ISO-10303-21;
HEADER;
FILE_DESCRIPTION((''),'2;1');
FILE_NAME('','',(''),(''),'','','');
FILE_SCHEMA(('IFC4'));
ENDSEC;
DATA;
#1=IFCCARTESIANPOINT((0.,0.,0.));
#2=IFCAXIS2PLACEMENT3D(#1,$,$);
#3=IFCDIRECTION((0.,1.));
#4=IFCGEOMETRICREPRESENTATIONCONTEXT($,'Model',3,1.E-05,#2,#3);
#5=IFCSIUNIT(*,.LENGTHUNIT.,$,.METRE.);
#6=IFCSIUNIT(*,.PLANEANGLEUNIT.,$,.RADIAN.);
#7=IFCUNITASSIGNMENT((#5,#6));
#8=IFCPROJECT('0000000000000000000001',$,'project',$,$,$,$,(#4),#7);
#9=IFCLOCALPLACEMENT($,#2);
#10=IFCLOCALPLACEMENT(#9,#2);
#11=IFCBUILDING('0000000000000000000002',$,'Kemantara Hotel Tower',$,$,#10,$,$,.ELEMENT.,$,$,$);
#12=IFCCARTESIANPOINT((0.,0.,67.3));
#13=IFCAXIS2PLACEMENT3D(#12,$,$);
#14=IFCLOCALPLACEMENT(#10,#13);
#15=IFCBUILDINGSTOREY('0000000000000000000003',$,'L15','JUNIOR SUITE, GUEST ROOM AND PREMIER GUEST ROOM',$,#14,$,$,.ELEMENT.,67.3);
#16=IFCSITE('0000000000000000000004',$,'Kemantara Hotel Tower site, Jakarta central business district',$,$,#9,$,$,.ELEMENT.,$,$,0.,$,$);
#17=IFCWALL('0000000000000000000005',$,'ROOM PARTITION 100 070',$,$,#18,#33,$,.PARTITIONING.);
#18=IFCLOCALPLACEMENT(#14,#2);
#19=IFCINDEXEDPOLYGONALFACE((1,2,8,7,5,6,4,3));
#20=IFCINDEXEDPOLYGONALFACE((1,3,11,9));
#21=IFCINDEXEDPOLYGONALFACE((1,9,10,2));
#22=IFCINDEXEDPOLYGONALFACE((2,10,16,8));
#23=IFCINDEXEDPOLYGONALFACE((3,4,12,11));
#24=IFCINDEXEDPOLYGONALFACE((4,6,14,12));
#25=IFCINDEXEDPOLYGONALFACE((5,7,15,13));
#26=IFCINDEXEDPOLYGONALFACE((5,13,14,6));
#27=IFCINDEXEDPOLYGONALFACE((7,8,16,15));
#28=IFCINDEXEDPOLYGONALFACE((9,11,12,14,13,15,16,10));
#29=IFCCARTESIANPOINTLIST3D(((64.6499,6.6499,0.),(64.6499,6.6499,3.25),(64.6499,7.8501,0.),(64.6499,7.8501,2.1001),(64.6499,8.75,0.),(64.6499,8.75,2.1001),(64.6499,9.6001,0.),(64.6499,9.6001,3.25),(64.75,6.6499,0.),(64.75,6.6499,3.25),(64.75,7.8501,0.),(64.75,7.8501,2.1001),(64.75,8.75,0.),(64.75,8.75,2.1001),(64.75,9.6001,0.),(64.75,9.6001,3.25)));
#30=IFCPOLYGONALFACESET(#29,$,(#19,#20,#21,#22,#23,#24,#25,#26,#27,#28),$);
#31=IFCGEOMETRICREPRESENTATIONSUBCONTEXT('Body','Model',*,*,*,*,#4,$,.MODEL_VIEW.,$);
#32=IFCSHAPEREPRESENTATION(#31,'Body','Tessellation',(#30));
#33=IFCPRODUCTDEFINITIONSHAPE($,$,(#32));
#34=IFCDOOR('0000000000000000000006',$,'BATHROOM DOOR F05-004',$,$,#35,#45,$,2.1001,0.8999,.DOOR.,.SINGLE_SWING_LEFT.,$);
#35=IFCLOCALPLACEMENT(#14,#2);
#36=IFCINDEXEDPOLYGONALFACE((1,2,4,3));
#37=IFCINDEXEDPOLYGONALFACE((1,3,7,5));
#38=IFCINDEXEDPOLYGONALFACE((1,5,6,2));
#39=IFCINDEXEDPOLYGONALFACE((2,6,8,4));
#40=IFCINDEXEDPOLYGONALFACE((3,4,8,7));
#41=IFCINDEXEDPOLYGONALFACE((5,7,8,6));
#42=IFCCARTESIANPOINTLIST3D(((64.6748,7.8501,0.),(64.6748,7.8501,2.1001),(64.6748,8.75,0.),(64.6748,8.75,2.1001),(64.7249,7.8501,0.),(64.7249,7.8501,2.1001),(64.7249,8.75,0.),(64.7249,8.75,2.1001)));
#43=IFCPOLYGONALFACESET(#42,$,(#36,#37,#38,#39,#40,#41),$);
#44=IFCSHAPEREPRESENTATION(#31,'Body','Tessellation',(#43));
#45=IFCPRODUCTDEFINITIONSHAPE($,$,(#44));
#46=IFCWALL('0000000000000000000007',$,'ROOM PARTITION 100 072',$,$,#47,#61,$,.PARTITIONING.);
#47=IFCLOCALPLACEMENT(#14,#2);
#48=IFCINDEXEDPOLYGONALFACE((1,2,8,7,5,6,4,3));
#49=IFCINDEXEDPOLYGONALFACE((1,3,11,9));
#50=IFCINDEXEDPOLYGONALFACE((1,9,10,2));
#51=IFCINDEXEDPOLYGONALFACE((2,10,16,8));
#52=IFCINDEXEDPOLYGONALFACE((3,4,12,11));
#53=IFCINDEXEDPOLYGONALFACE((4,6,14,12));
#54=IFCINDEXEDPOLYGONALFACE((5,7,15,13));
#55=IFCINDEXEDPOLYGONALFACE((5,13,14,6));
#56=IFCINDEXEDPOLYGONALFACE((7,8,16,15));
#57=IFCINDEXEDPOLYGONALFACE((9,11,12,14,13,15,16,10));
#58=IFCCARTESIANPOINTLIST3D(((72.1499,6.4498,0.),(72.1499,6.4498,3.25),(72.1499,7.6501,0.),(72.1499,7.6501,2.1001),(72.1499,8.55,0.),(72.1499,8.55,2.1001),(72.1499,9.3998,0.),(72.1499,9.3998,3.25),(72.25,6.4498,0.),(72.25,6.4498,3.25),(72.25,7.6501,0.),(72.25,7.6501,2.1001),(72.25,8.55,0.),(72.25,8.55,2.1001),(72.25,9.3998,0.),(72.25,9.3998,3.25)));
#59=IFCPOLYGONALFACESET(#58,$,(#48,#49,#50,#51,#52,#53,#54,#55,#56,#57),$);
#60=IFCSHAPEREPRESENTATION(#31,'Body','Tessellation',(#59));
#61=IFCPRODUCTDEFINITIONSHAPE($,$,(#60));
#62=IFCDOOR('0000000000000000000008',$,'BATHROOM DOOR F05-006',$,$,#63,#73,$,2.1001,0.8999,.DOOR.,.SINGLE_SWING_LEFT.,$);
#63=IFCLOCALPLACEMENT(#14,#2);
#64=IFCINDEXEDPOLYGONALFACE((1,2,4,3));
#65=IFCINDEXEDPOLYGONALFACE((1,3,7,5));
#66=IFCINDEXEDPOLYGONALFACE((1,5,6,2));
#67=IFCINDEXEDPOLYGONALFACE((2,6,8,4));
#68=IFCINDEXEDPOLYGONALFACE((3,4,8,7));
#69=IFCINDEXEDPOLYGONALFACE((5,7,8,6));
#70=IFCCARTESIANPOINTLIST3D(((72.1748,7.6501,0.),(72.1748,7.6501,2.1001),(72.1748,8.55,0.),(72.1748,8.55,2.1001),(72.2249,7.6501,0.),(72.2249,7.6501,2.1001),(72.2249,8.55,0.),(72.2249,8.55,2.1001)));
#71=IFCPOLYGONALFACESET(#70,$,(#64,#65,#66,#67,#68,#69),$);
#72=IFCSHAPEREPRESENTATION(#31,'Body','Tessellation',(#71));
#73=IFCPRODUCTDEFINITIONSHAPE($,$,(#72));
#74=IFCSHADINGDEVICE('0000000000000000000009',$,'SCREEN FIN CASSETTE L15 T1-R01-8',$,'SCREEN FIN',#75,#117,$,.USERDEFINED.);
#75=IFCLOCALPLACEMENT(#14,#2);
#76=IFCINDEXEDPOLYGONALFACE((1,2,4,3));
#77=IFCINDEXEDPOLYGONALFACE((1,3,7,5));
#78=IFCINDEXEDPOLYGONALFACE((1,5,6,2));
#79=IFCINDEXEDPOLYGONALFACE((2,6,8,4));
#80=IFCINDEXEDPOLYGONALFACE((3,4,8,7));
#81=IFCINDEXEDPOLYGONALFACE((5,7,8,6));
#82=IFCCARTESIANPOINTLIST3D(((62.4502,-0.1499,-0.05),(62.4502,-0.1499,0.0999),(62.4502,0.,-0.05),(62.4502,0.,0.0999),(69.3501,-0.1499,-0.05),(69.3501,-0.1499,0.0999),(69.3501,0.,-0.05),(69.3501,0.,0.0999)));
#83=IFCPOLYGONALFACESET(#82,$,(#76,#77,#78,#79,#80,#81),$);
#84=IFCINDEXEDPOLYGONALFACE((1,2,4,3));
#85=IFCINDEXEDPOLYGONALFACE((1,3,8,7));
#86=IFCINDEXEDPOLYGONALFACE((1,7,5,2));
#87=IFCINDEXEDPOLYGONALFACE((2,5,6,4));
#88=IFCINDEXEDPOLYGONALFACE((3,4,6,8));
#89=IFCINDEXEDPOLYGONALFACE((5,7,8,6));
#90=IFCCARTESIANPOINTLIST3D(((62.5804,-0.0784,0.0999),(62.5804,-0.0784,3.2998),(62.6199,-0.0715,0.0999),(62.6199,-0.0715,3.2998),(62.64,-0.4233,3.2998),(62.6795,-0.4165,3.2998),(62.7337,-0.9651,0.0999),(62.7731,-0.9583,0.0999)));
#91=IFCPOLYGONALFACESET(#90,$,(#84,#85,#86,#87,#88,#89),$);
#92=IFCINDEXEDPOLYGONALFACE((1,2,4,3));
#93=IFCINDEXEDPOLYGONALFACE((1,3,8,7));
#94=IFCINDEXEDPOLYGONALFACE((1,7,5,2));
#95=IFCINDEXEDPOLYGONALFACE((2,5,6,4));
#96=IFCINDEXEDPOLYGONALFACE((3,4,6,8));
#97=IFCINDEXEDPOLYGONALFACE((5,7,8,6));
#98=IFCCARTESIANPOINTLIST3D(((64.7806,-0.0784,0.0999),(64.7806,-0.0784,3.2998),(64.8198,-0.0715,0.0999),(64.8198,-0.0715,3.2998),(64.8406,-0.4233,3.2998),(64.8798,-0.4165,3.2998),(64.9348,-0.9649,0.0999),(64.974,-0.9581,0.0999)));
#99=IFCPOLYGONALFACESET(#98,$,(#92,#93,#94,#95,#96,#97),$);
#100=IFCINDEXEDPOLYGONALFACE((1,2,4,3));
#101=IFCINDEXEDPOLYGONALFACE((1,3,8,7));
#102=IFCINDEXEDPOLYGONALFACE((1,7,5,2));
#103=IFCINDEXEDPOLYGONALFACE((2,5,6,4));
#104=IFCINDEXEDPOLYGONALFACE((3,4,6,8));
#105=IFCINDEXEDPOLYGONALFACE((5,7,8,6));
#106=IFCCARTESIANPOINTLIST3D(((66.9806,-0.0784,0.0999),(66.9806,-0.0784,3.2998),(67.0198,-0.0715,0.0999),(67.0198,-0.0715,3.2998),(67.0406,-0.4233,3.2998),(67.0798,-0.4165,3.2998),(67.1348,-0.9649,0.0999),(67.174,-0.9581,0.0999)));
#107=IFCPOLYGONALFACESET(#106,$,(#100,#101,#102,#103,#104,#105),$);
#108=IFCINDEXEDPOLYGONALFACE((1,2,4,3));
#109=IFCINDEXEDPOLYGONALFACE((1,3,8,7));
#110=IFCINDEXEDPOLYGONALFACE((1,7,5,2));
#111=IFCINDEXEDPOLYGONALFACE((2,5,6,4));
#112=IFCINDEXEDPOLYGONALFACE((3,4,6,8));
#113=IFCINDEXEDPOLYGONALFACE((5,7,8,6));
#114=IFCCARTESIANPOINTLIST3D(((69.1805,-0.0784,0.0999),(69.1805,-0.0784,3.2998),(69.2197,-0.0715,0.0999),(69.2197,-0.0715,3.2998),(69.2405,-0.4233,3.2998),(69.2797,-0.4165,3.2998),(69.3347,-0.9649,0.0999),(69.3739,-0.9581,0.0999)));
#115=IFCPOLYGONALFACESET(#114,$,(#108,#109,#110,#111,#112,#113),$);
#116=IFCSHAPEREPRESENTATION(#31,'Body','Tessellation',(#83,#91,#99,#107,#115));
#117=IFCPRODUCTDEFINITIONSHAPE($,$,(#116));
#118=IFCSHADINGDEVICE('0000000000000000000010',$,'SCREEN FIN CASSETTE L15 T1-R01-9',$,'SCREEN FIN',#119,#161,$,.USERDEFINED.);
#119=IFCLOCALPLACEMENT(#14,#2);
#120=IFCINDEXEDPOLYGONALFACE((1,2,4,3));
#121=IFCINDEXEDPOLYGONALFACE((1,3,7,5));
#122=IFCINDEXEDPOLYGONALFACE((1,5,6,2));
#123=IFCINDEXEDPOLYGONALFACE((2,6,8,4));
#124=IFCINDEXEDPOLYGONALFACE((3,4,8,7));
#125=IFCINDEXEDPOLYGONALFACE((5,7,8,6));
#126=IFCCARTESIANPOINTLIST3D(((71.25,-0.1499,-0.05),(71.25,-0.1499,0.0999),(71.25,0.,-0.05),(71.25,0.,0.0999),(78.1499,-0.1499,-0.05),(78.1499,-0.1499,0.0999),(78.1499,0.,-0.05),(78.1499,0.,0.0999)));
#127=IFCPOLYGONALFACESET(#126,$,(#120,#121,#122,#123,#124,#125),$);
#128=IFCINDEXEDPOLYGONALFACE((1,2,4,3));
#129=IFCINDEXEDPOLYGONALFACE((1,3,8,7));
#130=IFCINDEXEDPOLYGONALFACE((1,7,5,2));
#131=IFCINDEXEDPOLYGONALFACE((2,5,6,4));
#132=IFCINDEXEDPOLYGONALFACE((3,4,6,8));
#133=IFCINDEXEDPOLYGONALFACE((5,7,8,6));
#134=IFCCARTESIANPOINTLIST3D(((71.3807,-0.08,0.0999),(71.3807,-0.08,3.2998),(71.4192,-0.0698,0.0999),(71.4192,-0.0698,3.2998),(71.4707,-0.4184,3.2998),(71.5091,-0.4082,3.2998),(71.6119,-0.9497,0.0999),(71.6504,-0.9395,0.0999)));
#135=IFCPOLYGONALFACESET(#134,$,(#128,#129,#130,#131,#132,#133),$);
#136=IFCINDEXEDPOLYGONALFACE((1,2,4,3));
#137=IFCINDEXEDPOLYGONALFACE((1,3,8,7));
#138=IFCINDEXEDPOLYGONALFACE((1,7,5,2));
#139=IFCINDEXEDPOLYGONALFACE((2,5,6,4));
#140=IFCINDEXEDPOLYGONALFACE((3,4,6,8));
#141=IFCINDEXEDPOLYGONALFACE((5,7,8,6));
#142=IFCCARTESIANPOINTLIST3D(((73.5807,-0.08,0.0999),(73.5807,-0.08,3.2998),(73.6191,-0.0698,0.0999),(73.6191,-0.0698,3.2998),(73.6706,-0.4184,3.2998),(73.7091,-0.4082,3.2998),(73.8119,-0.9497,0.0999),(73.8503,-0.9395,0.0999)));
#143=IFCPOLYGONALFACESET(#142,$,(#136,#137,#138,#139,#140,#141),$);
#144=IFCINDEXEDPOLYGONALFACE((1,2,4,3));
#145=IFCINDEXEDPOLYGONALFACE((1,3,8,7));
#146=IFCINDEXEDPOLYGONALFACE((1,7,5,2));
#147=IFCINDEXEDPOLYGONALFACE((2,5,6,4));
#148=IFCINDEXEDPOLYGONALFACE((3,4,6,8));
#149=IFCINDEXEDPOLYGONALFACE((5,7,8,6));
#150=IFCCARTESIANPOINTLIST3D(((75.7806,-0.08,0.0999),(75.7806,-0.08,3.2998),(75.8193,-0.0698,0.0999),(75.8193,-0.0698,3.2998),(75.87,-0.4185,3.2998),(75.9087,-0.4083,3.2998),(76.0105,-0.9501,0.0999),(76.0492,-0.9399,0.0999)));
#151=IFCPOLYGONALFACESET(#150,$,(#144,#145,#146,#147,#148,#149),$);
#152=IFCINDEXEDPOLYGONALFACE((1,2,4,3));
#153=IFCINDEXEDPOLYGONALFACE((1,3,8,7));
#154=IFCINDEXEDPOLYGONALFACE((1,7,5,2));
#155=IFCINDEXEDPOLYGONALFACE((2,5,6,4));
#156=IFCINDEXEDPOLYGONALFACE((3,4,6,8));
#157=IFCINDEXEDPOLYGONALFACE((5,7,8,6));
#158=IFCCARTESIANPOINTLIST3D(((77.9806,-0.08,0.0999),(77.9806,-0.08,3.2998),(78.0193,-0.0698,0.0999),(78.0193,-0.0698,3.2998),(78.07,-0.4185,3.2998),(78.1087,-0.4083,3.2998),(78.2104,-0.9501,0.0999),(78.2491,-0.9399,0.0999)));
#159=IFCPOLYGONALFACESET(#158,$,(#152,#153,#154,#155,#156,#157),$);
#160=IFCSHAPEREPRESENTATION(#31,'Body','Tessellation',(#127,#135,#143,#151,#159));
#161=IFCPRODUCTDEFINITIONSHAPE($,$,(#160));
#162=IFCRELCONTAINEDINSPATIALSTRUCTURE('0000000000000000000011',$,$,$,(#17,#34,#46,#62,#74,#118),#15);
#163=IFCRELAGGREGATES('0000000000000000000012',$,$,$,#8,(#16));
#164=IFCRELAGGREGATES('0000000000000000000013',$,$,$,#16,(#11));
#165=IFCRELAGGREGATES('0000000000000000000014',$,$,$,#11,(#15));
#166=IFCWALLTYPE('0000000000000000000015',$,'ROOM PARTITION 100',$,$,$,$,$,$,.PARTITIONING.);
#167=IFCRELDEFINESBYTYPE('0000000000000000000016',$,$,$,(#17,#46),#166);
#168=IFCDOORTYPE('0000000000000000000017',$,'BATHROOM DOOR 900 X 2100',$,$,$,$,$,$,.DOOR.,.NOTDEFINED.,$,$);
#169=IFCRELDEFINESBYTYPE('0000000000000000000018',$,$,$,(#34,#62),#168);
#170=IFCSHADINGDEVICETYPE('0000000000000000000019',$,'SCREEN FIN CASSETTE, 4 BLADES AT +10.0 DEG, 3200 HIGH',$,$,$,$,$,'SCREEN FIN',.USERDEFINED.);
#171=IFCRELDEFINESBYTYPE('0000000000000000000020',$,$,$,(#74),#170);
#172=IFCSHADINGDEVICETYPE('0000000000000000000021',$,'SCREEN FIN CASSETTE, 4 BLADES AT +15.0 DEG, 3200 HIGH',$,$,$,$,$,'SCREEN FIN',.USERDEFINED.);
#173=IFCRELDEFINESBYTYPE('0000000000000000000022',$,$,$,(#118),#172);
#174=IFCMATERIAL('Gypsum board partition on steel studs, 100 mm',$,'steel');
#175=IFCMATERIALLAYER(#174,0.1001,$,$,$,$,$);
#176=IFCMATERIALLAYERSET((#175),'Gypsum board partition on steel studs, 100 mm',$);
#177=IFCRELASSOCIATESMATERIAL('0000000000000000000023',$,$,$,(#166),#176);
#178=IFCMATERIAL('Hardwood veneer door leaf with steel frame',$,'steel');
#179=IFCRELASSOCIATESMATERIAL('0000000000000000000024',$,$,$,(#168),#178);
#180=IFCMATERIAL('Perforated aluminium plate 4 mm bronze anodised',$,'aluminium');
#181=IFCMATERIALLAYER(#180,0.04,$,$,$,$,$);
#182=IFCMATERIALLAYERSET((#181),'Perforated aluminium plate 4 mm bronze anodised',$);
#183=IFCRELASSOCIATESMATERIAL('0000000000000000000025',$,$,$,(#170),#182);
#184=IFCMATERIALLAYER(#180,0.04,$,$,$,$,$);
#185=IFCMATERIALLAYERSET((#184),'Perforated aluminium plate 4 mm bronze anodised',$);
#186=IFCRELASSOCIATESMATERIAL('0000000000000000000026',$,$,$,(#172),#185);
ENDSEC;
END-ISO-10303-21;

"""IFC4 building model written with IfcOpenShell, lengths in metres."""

from ifc_helpers import new_model, si_unit, direction, frame, frame_2d, origin, origin_2d, place, context, subcontext, project, spatial, polyline, rectangle, outline, extrude, source, transform, mapped, material, layer, layer_set, type_object, element, fill, save


model = new_model("IFC4")

# Units and contexts
model_context = context("Model", 3, precision=1e-05, world=origin(), true_north=direction((0.0, 1.0)))
body_context = subcontext(model_context, "Body", "Model", "MODEL_VIEW")
ifc_project = project(units=[si_unit("LENGTHUNIT", "METRE"), si_unit("PLANEANGLEUNIT", "RADIAN")], contexts=[model_context])

# Site, building, storey
site_placement = place(None, origin())
site = spatial("IfcSite", under=ifc_project, at=site_placement, Name="Kemantara Hotel Tower site, Jakarta central business district", CompositionType="ELEMENT", RefElevation=0.0)
building_placement = place(site_placement, origin())
building = spatial("IfcBuilding", under=site, at=building_placement, Name="Kemantara Hotel Tower", CompositionType="ELEMENT")
storey_placement = place(building_placement, frame((0.0, 0.0, 67.3)))
storey = spatial("IfcBuildingStorey", under=building, at=storey_placement, Name="L15", Description="JUNIOR SUITE, GUEST ROOM AND PREMIER GUEST ROOM", CompositionType="ELEMENT", Elevation=67.3)

# Shared definitions
ifc_material_1 = material(Name="Hardwood veneer door leaf with steel frame", Category="steel")

# Shared definitions
ifc_material_2 = material(Name="Gypsum board partition on steel studs, 100 mm", Category="steel")
ifc_layer_1 = layer(ifc_material_2, 0.1001)
ifc_layer_set_1 = layer_set([ifc_layer_1], Name="Gypsum board partition on steel studs, 100 mm")
wall_type_1 = type_object("IfcWallType", Name="ROOM PARTITION 100", PredefinedType="PARTITIONING", material=ifc_layer_set_1)

# Walls, openings, doors
wall_1_placement = place(storey_placement, frame((64.7, 9.6001, 0.0), z_axis=(0.0, 0.0, 1.0), x_axis=(0.0, -1.0, 0.0)))
wall_1 = element("IfcWall", 1, at=wall_1_placement, inside=storey, type_object=wall_type_1, Name="ROOM PARTITION 100 070", PredefinedType="PARTITIONING", context=body_context, shape_type="SweptSolid", body=[
    extrude(rectangle(XDim=2.9502, YDim=0.1001, at=frame_2d((1.4751, 0.0))), origin(), (0.0, 0.0, 1.0), 3.25),
])
opening_1_placement = place(wall_1_placement, frame((0.8501, 0.0, 0.0)))
opening_1 = element("IfcOpeningElement", 2, at=opening_1_placement, cuts=wall_1, PredefinedType="OPENING", context=body_context, shape_type="SweptSolid", body=[
    extrude(rectangle(XDim=0.8999, YDim=2.1001, at=frame_2d((0.45, 1.05))), frame((0.0, 0.0601, 0.0), z_axis=(0.0, -1.0, 0.0), x_axis=(1.0, 0.0, 0.0)), (0.0, 0.0, 1.0), 0.1201),
])
door_type_1 = type_object("IfcDoorType", Name="BATHROOM DOOR 900 X 2100", OperationType="NOTDEFINED", PredefinedType="DOOR", material=ifc_material_1)
door_1_placement = place(opening_1_placement, origin())
door_1 = element("IfcDoor", 3, at=door_1_placement, inside=storey, type_object=door_type_1, Name="BATHROOM DOOR F05-004", OperationType="SINGLE_SWING_LEFT", OverallHeight=2.1001, OverallWidth=0.8999, PredefinedType="DOOR", context=body_context, shape_type="SweptSolid", body=[
    extrude(rectangle(XDim=0.8999, YDim=2.1001, at=frame_2d((0.45, 1.05))), frame((0.0, 0.0249, 0.0), z_axis=(0.0, -1.0, 0.0), x_axis=(1.0, 0.0, 0.0)), (0.0, 0.0, 1.0), 0.05),
])
fill(opening_1, door_1)
wall_2_placement = place(storey_placement, frame((72.2, 9.3999, 0.0), z_axis=(0.0, 0.0, 1.0), x_axis=(0.0, -1.0, 0.0)))
wall_2 = element("IfcWall", 4, at=wall_2_placement, inside=storey, type_object=wall_type_1, Name="ROOM PARTITION 100 072", PredefinedType="PARTITIONING", context=body_context, shape_type="SweptSolid", body=[
    extrude(rectangle(XDim=2.95, YDim=0.1001, at=frame_2d((1.4751, 0.0))), origin(), (0.0, 0.0, 1.0), 3.25),
])
opening_2_placement = place(wall_2_placement, frame((0.8499, 0.0, 0.0)))
opening_2 = element("IfcOpeningElement", 5, at=opening_2_placement, cuts=wall_2, PredefinedType="OPENING", context=body_context, shape_type="SweptSolid", body=[
    extrude(rectangle(XDim=0.8999, YDim=2.1001, at=frame_2d((0.45, 1.05))), frame((0.0, 0.0601, 0.0), z_axis=(0.0, -1.0, 0.0), x_axis=(1.0, 0.0, 0.0)), (0.0, 0.0, 1.0), 0.1201),
])
door_2_placement = place(opening_2_placement, origin())
door_2 = element("IfcDoor", 6, at=door_2_placement, inside=storey, type_object=door_type_1, Name="BATHROOM DOOR F05-006", OperationType="SINGLE_SWING_LEFT", OverallHeight=2.1001, OverallWidth=0.8999, PredefinedType="DOOR", context=body_context, shape_type="SweptSolid", body=[
    extrude(rectangle(XDim=0.8999, YDim=2.1001, at=frame_2d((0.45, 1.05))), frame((0.0, 0.0249, 0.0), z_axis=(0.0, -1.0, 0.0), x_axis=(1.0, 0.0, 0.0)), (0.0, 0.0, 1.0), 0.05),
])
fill(opening_2, door_2)

# Shading devices
ifc_material_3 = material(Name="Perforated aluminium plate 4 mm bronze anodised", Category="aluminium")
ifc_layer_2 = layer(ifc_material_3, 0.04)
ifc_layer_set_2 = layer_set([ifc_layer_2], Name="Perforated aluminium plate 4 mm bronze anodised")
shading_device_type_1 = type_object("IfcShadingDeviceType", Name="SCREEN FIN CASSETTE, 4 BLADES AT +10.0 DEG, 3200 HIGH", ElementType="SCREEN FIN", PredefinedType="USERDEFINED", material=ifc_layer_set_2)
shared_shape_1 = source(origin(), body_context, "Body", "SweptSolid", [
    extrude(rectangle(XDim=6.8999, YDim=0.1499, at=origin_2d()), frame((3.3, -0.075, -0.1499), z_axis=(0.0, 0.0, 1.0), x_axis=(1.0, 0.0, 0.0)), (0.0, 0.0, 1.0), 0.1499),
    extrude(outline(polyline([(0.0, 0.0), (0.8999, 0.0), (0.3501, 3.2), (0.0, 3.2), (0.0, 0.0)])), frame((0.0198, -0.0715, 0.0), z_axis=(-0.98539, -0.170314, 0.0), x_axis=(0.170314, -0.98539, 0.0)), (0.0, 0.0, 1.0), 0.04),
    extrude(outline(polyline([(0.0, 0.0), (0.8999, 0.0), (0.3501, 3.2), (0.0, 3.2), (0.0, 0.0)])), frame((2.2197, -0.0715, 0.0), z_axis=(-0.985212, -0.171341, 0.0), x_axis=(0.171341, -0.985212, 0.0)), (0.0, 0.0, 1.0), 0.0398),
    extrude(outline(polyline([(0.0, 0.0), (0.8999, 0.0), (0.3501, 3.2), (0.0, 3.2), (0.0, 0.0)])), frame((4.4197, -0.0715, 0.0), z_axis=(-0.985212, -0.171341, 0.0), x_axis=(0.171341, -0.985212, 0.0)), (0.0, 0.0, 1.0), 0.0398),
    extrude(outline(polyline([(0.0, 0.0), (0.8999, 0.0), (0.3501, 3.2), (0.0, 3.2), (0.0, 0.0)])), frame((6.6196, -0.0715, 0.0), z_axis=(-0.985212, -0.171341, 0.0), x_axis=(0.171341, -0.985212, 0.0)), (0.0, 0.0, 1.0), 0.0398),
])
shading_device_1_placement = place(storey_placement, frame((62.6001, 0.0, 0.0999), z_axis=(0.0, 0.0, 1.0), x_axis=(1.0, 0.0, 0.0)))
element("IfcShadingDevice", 7, at=shading_device_1_placement, inside=storey, type_object=shading_device_type_1, Name="SCREEN FIN CASSETTE L15 T1-R01-8", ObjectType="SCREEN FIN", PredefinedType="USERDEFINED", context=body_context, shape_type="MappedRepresentation", body=[
    mapped(shared_shape_1, transform((0.0, 0.0, 0.0))),
])
ifc_layer_3 = layer(ifc_material_3, 0.04)
ifc_layer_set_3 = layer_set([ifc_layer_3], Name="Perforated aluminium plate 4 mm bronze anodised")
shading_device_type_2 = type_object("IfcShadingDeviceType", Name="SCREEN FIN CASSETTE, 4 BLADES AT +15.0 DEG, 3200 HIGH", ElementType="SCREEN FIN", PredefinedType="USERDEFINED", material=ifc_layer_set_3)
shared_shape_2 = source(origin(), body_context, "Body", "SweptSolid", [
    extrude(rectangle(XDim=6.8999, YDim=0.1499, at=origin_2d()), frame((3.3, -0.075, -0.1499), z_axis=(0.0, 0.0, 1.0), x_axis=(1.0, 0.0, 0.0)), (0.0, 0.0, 1.0), 0.1499),
    extrude(outline(polyline([(0.0, 0.0), (0.8999, 0.0), (0.3501, 3.2), (0.0, 3.2), (0.0, 0.0)])), frame((0.0193, -0.0698, 0.0), z_axis=(-0.966438, -0.256901, 0.0), x_axis=(0.256901, -0.966438, 0.0)), (0.0, 0.0, 1.0), 0.0398),
    extrude(outline(polyline([(0.0, 0.0), (0.8999, 0.0), (0.3501, 3.2), (0.0, 3.2), (0.0, 0.0)])), frame((2.2192, -0.0698, 0.0), z_axis=(-0.966438, -0.256901, 0.0), x_axis=(0.256901, -0.966438, 0.0)), (0.0, 0.0, 1.0), 0.0398),
    extrude(outline(polyline([(0.0, 0.0), (0.8999, 0.0), (0.3501, 3.2), (0.0, 3.2), (0.0, 0.0)])), frame((4.4194, -0.0698, 0.0), z_axis=(-0.966838, -0.255391, 0.0), x_axis=(0.255391, -0.966838, 0.0)), (0.0, 0.0, 1.0), 0.04),
    extrude(outline(polyline([(0.0, 0.0), (0.8999, 0.0), (0.3501, 3.2), (0.0, 3.2), (0.0, 0.0)])), frame((6.6194, -0.0698, 0.0), z_axis=(-0.966838, -0.255391, 0.0), x_axis=(0.255391, -0.966838, 0.0)), (0.0, 0.0, 1.0), 0.04),
])
shading_device_2_placement = place(storey_placement, frame((71.3999, 0.0, 0.0999), z_axis=(0.0, 0.0, 1.0), x_axis=(1.0, 0.0, 0.0)))
element("IfcShadingDevice", 8, at=shading_device_2_placement, inside=storey, type_object=shading_device_type_2, Name="SCREEN FIN CASSETTE L15 T1-R01-9", ObjectType="SCREEN FIN", PredefinedType="USERDEFINED", context=body_context, shape_type="MappedRepresentation", body=[
    mapped(shared_shape_2, transform((0.0, 0.0, 0.0))),
])

save(model, "model.ifc")
